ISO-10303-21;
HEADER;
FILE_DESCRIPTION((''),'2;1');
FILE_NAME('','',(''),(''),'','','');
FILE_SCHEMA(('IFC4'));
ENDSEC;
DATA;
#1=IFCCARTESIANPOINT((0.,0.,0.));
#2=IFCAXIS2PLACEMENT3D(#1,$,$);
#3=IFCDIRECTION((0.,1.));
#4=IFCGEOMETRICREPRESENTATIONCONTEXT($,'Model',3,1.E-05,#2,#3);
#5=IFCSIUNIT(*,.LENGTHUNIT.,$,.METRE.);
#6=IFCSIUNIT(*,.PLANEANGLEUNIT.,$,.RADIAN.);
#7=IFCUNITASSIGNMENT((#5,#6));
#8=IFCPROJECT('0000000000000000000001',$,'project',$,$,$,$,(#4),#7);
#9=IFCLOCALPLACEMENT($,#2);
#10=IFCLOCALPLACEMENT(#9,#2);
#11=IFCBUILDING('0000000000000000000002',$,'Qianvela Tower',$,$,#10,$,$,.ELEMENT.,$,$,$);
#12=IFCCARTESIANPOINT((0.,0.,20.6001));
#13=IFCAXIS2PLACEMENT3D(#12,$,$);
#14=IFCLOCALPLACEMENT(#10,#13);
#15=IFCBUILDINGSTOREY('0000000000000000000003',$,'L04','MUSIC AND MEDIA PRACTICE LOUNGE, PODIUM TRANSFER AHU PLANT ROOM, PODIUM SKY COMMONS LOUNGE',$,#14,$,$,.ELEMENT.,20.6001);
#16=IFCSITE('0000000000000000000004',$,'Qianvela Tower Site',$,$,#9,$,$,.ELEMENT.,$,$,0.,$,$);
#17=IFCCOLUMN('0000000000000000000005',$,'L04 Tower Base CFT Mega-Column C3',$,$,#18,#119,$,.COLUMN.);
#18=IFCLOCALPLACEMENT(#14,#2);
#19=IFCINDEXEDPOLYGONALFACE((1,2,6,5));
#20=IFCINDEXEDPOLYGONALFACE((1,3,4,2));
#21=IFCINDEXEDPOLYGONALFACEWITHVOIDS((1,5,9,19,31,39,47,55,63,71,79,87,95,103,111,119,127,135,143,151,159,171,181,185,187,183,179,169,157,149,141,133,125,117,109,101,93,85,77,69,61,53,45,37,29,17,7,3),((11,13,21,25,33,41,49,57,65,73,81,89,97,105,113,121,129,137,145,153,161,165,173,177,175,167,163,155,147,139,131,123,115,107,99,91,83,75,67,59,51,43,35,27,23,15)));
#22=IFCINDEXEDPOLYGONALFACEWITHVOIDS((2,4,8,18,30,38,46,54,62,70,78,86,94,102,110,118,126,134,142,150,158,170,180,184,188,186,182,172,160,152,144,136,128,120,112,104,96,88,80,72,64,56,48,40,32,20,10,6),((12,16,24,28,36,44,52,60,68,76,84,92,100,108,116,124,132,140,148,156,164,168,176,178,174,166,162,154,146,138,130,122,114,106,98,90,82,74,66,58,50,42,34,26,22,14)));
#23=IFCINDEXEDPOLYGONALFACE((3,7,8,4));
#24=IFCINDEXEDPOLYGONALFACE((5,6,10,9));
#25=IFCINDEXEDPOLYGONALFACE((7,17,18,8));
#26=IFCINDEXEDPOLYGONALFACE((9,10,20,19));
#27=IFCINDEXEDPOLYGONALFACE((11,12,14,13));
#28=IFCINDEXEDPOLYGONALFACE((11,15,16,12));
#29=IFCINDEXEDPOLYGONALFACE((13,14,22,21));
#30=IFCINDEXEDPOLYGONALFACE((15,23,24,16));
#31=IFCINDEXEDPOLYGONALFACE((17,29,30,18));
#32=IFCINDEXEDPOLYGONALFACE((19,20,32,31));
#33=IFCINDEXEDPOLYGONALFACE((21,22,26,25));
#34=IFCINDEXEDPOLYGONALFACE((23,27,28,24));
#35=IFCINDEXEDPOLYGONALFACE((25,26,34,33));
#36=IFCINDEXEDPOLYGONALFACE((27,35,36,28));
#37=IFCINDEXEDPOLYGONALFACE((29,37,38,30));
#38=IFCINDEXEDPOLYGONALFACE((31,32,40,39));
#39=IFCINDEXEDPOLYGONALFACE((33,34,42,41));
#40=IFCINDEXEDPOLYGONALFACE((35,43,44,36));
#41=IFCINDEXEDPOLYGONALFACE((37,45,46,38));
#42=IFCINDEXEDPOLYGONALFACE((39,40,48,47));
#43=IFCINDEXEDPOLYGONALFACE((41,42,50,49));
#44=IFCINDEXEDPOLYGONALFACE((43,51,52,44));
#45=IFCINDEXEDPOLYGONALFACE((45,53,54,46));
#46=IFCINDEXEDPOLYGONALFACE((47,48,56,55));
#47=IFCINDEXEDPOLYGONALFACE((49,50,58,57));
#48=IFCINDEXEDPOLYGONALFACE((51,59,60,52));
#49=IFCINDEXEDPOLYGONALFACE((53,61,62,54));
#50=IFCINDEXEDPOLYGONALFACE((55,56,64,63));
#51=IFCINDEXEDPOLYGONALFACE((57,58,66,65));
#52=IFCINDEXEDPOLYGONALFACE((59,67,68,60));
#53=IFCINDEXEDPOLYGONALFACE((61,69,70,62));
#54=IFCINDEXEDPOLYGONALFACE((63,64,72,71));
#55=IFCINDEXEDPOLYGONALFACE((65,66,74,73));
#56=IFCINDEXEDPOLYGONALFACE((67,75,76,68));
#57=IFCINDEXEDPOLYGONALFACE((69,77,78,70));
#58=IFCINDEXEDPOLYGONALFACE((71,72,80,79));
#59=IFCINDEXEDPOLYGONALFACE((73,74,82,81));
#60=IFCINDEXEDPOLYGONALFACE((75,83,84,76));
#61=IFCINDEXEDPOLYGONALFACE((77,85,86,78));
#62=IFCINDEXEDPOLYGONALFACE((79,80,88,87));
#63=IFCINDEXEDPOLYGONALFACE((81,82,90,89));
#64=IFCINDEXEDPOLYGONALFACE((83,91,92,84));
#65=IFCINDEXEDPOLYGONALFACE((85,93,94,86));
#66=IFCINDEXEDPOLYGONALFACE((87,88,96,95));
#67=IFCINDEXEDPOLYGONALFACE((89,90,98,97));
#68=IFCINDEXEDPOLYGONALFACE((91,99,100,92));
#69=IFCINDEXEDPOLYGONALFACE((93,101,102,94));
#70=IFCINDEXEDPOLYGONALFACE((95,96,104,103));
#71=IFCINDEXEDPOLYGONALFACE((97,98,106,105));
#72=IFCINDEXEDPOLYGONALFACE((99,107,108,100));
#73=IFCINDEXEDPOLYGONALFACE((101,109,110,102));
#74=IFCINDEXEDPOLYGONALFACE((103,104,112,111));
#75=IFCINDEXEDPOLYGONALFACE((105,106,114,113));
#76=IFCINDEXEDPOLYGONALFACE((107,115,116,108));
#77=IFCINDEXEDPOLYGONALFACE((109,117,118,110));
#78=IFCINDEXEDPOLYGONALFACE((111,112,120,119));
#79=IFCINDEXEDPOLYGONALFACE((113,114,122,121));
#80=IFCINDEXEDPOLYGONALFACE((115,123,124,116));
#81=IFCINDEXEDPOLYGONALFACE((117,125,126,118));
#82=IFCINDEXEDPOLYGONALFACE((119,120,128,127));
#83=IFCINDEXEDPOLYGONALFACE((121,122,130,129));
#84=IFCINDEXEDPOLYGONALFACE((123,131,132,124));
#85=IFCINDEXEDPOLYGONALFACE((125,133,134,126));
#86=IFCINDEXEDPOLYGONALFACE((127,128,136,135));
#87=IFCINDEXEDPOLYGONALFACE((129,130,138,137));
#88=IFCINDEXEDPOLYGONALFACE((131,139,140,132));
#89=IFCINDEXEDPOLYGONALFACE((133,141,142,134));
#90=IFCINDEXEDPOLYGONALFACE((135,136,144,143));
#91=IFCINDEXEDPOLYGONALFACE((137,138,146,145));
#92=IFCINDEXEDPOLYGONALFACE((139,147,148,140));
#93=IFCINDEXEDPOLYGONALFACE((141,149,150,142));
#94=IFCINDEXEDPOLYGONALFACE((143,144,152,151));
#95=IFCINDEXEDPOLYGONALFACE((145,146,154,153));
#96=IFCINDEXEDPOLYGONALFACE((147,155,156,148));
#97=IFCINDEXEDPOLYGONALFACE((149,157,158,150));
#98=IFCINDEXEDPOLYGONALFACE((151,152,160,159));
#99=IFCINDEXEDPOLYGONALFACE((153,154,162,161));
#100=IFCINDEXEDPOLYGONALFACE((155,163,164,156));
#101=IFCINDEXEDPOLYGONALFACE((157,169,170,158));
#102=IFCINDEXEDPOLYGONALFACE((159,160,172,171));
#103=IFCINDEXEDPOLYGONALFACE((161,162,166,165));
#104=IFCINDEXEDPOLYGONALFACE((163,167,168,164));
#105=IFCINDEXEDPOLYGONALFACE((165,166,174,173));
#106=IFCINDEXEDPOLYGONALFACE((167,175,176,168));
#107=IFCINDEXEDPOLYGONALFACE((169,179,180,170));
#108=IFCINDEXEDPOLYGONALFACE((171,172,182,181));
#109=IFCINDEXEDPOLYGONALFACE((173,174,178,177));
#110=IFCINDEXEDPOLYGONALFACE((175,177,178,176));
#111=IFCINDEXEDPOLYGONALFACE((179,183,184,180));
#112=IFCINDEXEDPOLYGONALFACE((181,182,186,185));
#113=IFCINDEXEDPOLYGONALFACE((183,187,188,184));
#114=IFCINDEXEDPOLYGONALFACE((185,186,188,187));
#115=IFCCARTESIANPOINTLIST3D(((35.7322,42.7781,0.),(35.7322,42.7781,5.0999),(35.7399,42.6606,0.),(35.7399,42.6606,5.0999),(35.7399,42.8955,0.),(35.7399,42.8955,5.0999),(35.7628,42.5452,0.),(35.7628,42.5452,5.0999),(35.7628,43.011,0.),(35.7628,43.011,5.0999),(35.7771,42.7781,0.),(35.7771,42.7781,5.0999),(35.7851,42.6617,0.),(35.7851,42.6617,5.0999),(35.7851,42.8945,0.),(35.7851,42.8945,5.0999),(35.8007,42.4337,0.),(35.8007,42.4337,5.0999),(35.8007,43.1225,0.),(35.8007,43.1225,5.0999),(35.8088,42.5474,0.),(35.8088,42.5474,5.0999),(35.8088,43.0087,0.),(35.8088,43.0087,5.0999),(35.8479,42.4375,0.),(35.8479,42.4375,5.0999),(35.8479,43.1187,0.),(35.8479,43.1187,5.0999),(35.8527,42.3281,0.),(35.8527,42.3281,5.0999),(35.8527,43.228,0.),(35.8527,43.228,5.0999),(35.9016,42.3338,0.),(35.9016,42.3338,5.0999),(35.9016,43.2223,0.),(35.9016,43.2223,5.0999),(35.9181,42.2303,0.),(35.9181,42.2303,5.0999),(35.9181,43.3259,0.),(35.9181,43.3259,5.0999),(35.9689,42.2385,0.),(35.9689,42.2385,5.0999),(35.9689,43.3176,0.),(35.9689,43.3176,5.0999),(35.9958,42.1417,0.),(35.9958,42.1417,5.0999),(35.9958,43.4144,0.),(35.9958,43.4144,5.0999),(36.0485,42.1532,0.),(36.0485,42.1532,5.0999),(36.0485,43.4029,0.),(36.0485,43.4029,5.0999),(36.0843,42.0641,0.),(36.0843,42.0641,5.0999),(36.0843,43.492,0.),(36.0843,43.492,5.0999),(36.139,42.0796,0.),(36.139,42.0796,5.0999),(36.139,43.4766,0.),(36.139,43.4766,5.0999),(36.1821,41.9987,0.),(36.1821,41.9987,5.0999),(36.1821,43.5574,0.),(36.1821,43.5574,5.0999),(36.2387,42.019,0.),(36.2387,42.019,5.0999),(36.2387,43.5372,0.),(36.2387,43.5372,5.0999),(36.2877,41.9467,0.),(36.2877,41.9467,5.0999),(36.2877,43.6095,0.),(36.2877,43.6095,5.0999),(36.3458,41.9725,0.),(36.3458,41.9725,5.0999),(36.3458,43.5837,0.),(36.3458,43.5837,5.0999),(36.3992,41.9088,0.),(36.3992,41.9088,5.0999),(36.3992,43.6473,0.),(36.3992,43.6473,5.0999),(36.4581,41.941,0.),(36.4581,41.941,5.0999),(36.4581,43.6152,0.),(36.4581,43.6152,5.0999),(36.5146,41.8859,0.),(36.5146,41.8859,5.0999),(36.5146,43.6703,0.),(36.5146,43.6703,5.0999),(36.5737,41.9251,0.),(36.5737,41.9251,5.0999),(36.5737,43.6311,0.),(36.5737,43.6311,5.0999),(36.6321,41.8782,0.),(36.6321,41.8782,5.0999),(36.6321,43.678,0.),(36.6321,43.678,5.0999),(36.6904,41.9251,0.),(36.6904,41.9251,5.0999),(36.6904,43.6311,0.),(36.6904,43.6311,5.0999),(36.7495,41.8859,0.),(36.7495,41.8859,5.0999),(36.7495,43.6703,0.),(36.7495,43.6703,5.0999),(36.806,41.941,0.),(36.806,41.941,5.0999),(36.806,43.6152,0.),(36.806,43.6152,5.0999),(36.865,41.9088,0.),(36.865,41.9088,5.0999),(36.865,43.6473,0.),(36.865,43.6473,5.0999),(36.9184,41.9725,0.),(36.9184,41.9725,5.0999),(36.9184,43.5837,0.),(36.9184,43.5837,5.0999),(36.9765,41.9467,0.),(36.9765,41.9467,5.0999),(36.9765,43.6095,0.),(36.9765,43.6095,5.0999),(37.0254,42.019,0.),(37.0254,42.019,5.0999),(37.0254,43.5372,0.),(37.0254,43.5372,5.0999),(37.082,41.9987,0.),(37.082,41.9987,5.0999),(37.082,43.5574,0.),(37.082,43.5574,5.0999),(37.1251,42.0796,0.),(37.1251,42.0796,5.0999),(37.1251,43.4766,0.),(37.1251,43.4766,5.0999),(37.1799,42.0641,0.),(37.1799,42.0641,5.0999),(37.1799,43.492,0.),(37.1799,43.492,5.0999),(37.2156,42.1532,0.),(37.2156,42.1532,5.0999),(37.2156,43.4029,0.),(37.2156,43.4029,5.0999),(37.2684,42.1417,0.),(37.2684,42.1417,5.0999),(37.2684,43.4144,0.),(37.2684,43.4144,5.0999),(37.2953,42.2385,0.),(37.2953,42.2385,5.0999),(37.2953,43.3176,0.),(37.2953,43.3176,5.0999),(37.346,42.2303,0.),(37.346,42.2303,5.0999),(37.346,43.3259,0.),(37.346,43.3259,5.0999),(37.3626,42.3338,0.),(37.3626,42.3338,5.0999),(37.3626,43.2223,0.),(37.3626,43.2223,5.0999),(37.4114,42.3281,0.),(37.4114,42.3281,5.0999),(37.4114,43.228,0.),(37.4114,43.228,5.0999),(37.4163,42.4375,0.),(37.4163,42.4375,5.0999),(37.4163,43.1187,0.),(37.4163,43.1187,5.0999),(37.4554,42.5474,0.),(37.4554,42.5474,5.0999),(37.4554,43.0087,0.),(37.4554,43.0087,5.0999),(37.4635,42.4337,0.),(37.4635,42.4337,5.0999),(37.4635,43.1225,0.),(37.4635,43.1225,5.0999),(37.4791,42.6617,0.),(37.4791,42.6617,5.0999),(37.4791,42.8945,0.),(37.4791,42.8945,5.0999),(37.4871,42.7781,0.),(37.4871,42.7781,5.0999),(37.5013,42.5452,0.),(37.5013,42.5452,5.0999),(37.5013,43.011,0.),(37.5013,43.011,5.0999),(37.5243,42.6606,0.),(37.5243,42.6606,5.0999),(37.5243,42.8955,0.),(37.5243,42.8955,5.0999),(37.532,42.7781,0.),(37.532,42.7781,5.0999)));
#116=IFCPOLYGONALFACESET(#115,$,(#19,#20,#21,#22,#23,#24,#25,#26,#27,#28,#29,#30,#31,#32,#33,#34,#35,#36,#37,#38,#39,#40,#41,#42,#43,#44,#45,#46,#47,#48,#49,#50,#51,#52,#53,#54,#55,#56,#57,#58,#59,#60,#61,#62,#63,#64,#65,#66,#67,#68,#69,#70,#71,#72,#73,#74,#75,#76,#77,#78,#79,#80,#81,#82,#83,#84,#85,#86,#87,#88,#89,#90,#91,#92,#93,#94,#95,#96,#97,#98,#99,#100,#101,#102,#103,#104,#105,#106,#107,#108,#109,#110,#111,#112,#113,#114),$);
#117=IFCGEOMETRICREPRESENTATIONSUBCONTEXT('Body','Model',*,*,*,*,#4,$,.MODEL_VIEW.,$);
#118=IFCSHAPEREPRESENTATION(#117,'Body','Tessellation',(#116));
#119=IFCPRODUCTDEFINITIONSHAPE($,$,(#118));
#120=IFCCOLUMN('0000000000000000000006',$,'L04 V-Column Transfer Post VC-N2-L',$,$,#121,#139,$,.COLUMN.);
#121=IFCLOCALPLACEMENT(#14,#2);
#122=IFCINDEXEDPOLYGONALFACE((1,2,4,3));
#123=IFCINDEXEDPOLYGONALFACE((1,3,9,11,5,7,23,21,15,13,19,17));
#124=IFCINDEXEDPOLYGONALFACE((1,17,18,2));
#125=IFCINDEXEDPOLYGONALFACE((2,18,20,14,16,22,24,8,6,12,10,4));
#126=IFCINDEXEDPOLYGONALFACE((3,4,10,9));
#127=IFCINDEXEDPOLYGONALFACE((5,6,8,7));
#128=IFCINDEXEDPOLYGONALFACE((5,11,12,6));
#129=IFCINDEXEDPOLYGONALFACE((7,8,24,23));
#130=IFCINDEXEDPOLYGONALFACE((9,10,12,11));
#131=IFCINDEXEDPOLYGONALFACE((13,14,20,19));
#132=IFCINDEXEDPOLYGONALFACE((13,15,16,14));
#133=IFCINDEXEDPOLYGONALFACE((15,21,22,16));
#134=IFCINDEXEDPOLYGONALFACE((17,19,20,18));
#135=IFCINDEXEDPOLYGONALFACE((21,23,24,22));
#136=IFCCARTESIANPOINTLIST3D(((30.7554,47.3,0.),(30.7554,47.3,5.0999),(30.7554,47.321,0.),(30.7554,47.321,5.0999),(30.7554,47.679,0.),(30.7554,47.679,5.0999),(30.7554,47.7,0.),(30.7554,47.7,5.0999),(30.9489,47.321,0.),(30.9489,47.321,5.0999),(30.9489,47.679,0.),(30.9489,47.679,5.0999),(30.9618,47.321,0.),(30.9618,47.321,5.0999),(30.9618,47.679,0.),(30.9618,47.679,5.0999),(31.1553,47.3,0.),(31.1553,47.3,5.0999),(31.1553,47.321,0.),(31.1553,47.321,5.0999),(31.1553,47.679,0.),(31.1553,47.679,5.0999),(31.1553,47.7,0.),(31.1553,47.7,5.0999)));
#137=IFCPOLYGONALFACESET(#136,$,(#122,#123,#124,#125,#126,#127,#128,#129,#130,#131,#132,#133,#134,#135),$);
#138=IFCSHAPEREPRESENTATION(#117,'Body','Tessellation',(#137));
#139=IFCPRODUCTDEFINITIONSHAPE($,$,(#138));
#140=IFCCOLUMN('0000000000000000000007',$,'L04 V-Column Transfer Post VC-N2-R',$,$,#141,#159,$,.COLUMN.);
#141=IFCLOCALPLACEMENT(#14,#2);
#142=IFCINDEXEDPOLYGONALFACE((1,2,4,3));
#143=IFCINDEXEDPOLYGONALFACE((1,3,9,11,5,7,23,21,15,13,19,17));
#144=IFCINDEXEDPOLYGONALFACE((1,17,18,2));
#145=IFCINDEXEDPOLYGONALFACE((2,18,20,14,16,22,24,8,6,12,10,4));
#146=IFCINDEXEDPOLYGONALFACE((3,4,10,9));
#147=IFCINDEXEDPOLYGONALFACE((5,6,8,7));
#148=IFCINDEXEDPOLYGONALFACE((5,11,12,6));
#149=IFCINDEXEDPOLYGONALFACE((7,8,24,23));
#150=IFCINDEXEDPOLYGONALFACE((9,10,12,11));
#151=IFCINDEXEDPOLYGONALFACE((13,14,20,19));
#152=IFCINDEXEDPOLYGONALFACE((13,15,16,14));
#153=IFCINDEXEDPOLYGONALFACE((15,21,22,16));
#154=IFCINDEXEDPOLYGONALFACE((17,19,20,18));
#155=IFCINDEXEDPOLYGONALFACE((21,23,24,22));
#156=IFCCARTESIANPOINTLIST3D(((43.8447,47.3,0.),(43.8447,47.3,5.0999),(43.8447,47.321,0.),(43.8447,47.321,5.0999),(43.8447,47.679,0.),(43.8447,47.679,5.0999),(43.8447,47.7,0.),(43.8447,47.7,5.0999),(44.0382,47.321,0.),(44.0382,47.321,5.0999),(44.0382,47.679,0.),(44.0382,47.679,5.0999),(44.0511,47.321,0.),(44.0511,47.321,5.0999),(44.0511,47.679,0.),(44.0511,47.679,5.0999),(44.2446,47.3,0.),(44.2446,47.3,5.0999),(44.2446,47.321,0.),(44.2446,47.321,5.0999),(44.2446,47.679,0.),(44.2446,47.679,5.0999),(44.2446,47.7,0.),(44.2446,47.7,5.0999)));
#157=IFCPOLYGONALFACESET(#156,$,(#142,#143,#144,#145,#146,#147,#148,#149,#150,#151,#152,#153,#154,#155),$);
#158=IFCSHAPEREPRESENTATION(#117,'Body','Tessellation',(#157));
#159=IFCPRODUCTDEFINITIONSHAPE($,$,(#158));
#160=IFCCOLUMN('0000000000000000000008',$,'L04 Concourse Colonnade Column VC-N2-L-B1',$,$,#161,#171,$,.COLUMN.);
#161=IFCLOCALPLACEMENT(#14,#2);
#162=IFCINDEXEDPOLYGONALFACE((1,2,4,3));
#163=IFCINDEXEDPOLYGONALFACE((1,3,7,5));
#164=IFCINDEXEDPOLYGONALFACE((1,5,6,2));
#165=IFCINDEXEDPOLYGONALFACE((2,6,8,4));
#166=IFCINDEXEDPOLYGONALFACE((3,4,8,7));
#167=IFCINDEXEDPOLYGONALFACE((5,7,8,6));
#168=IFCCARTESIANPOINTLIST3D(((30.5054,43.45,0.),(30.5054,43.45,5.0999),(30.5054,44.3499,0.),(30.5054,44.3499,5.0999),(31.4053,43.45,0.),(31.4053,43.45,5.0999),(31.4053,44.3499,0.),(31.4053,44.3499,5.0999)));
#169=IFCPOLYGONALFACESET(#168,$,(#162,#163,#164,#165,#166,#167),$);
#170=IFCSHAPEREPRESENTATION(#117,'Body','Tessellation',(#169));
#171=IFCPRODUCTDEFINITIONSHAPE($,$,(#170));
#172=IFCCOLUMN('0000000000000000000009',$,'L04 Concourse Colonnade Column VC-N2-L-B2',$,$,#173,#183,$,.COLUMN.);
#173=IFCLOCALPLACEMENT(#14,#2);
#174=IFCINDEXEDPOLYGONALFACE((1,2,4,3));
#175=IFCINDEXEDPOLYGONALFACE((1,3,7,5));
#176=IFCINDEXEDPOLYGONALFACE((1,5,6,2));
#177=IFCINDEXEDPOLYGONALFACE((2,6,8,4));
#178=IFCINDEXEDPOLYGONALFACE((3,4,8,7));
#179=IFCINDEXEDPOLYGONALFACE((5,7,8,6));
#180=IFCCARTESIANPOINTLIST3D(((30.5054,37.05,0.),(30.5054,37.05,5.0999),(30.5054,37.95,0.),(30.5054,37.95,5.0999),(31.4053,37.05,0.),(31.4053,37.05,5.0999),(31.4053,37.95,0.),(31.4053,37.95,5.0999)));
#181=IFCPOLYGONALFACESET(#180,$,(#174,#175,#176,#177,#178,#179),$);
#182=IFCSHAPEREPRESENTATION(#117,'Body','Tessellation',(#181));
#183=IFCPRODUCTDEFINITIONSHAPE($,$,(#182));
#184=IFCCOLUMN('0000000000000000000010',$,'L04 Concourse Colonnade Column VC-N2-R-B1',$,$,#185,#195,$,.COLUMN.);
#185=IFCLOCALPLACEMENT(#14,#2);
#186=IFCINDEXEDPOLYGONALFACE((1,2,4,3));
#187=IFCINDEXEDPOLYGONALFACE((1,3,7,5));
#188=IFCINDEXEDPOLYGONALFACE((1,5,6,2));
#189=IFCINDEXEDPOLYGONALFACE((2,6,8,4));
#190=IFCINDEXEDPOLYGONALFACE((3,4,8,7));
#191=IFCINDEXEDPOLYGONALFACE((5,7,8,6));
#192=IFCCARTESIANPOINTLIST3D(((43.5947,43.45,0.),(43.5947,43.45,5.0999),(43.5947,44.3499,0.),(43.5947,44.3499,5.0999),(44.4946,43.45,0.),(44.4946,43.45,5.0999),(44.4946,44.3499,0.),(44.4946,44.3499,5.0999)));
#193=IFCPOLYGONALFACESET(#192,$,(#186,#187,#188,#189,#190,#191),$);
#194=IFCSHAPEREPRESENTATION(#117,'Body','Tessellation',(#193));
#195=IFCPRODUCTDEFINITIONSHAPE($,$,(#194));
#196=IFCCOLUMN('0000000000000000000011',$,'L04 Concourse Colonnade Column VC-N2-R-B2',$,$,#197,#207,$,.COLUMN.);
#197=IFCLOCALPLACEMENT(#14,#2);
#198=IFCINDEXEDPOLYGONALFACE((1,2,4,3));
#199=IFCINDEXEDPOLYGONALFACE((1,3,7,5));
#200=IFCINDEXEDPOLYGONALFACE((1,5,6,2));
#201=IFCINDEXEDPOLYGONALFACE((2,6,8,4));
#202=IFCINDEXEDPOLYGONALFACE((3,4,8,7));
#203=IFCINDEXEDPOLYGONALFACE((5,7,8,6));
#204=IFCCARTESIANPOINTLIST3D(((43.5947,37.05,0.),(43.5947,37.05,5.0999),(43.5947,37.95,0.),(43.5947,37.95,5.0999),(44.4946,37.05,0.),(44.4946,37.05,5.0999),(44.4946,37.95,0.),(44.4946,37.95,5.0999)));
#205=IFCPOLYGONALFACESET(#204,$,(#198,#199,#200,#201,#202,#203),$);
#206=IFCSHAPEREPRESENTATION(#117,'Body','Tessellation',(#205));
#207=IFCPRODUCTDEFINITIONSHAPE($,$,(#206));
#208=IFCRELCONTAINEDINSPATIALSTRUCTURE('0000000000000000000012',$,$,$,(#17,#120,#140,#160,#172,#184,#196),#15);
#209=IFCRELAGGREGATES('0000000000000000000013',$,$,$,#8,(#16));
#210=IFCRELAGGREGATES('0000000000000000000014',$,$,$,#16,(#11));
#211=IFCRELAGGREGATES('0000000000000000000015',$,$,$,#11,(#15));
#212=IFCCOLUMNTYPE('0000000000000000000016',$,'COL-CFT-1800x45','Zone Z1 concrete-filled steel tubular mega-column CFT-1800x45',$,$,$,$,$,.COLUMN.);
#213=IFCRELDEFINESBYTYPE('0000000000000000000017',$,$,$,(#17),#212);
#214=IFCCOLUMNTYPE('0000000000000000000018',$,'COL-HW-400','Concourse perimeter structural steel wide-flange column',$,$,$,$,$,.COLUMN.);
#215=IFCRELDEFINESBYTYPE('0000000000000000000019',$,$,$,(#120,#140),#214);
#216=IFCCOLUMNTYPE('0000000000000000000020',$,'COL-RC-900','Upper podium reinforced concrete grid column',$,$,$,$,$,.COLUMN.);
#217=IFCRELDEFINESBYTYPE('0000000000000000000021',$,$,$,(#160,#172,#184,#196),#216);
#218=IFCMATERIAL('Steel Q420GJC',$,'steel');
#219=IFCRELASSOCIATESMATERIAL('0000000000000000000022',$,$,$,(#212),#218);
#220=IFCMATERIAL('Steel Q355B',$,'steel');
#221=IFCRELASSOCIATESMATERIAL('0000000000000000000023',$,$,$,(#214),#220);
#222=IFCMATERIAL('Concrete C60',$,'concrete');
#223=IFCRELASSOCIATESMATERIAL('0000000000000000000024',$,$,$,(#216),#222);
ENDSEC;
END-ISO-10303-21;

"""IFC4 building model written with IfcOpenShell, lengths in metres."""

from ifc_helpers import new_model, si_unit, direction, frame, origin, origin_2d, place, context, subcontext, project, spatial, rectangle, hollow_circle, i_section, extrude, material, material_profile, profile_set, type_object, element, save


model = new_model("IFC4")

# Units and contexts
model_context = context("Model", 3, precision=1e-05, world=origin(), true_north=direction((0.0, 1.0)))
body_context = subcontext(model_context, "Body", "Model", "MODEL_VIEW")
ifc_project = project(units=[si_unit("LENGTHUNIT", "METRE"), si_unit("PLANEANGLEUNIT", "RADIAN")], contexts=[model_context])

# Site, building, storey
site_placement = place(None, origin())
site = spatial("IfcSite", under=ifc_project, at=site_placement, Name="Qianvela Tower Site", CompositionType="ELEMENT", RefElevation=0.0)
building_placement = place(site_placement, origin())
building = spatial("IfcBuilding", under=site, at=building_placement, Name="Qianvela Tower", CompositionType="ELEMENT")
storey_placement = place(building_placement, frame((0.0, 0.0, 20.6001)))
storey = spatial("IfcBuildingStorey", under=building, at=storey_placement, Name="L04", Description="MUSIC AND MEDIA PRACTICE LOUNGE, PODIUM TRANSFER AHU PLANT ROOM, PODIUM SKY COMMONS LOUNGE", CompositionType="ELEMENT", Elevation=20.6001)

# Columns
ifc_material_1 = material(Name="Steel Q420GJC", Category="steel")
ifc_material_profile_1 = material_profile(ifc_material_1, hollow_circle(Radius=0.8999, WallThickness=0.0449, at=origin_2d()), Name="CFT-1800x45")
ifc_profile_set_1 = profile_set([ifc_material_profile_1], Name="Steel Q420GJC")
column_type_1 = type_object("IfcColumnType", Name="COL-CFT-1800x45", Description="Zone Z1 concrete-filled steel tubular mega-column CFT-1800x45", PredefinedType="COLUMN", material=ifc_profile_set_1)
column_placement = place(storey_placement, frame((36.6321, 42.7781, 0.0), z_axis=(0.0, 0.0, 1.0), x_axis=(1.0, 0.0, 0.0)))
element("IfcColumn", 1, at=column_placement, inside=storey, type_object=column_type_1, Name="L04 Tower Base CFT Mega-Column C3", PredefinedType="COLUMN", context=body_context, shape_type="SweptSolid", body=[
    extrude(hollow_circle(Radius=0.8999, WallThickness=0.0449, at=origin_2d()), origin(), (0.0, 0.0, 1.0), 5.0999),
])
ifc_material_2 = material(Name="Steel Q355B", Category="steel")
ifc_material_profile_2 = material_profile(ifc_material_2, i_section(OverallWidth=0.3999, OverallDepth=0.3999, WebThickness=0.0129, FlangeThickness=0.021, at=origin_2d()), Name="HW400x400x13x21")
ifc_profile_set_2 = profile_set([ifc_material_profile_2], Name="Steel Q355B")
column_type_2 = type_object("IfcColumnType", Name="COL-HW-400", Description="Concourse perimeter structural steel wide-flange column", PredefinedType="COLUMN", material=ifc_profile_set_2)
for number, where, z_axis, x_axis, name in (
    (2, (30.9553, 47.5, 0.0), (0.0, 0.0, 1.0), (1.0, 0.0, 0.0), "L04 V-Column Transfer Post VC-N2-L"),
    (3, (44.0447, 47.5, 0.0), (0.0, 0.0, 1.0), (1.0, 0.0, 0.0), "L04 V-Column Transfer Post VC-N2-R"),
):
    element("IfcColumn", number, at=place(storey_placement, frame(where, z_axis=z_axis, x_axis=x_axis)), inside=storey, type_object=column_type_2, Name=name, PredefinedType="COLUMN", context=body_context, shape_type="SweptSolid", body=[
        extrude(i_section(OverallWidth=0.3999, OverallDepth=0.3999, WebThickness=0.0129, FlangeThickness=0.021, at=origin_2d()), origin(), (0.0, 0.0, 1.0), 5.0999),
    ])
ifc_material_3 = material(Name="Concrete C60", Category="concrete")
ifc_material_profile_3 = material_profile(ifc_material_3, rectangle(XDim=0.8999, YDim=0.8999, at=origin_2d()), Name="RC-COL-900x900")
ifc_profile_set_3 = profile_set([ifc_material_profile_3], Name="Concrete C60")
column_type_3 = type_object("IfcColumnType", Name="COL-RC-900", Description="Upper podium reinforced concrete grid column", PredefinedType="COLUMN", material=ifc_profile_set_3)
for number, where, z_axis, x_axis, name in (
    (4, (30.9553, 43.8999, 0.0), (0.0, 0.0, 1.0), (1.0, 0.0, 0.0), "L04 Concourse Colonnade Column VC-N2-L-B1"),
    (5, (30.9553, 37.5, 0.0), (0.0, 0.0, 1.0), (1.0, 0.0, 0.0), "L04 Concourse Colonnade Column VC-N2-L-B2"),
    (6, (44.0447, 43.8999, 0.0), (0.0, 0.0, 1.0), (1.0, 0.0, 0.0), "L04 Concourse Colonnade Column VC-N2-R-B1"),
    (7, (44.0447, 37.5, 0.0), (0.0, 0.0, 1.0), (1.0, 0.0, 0.0), "L04 Concourse Colonnade Column VC-N2-R-B2"),
):
    element("IfcColumn", number, at=place(storey_placement, frame(where, z_axis=z_axis, x_axis=x_axis)), inside=storey, type_object=column_type_3, Name=name, PredefinedType="COLUMN", context=body_context, shape_type="SweptSolid", body=[
        extrude(rectangle(XDim=0.8999, YDim=0.8999, at=origin_2d()), origin(), (0.0, 0.0, 1.0), 5.0999),
    ])

save(model, "model.ifc")
